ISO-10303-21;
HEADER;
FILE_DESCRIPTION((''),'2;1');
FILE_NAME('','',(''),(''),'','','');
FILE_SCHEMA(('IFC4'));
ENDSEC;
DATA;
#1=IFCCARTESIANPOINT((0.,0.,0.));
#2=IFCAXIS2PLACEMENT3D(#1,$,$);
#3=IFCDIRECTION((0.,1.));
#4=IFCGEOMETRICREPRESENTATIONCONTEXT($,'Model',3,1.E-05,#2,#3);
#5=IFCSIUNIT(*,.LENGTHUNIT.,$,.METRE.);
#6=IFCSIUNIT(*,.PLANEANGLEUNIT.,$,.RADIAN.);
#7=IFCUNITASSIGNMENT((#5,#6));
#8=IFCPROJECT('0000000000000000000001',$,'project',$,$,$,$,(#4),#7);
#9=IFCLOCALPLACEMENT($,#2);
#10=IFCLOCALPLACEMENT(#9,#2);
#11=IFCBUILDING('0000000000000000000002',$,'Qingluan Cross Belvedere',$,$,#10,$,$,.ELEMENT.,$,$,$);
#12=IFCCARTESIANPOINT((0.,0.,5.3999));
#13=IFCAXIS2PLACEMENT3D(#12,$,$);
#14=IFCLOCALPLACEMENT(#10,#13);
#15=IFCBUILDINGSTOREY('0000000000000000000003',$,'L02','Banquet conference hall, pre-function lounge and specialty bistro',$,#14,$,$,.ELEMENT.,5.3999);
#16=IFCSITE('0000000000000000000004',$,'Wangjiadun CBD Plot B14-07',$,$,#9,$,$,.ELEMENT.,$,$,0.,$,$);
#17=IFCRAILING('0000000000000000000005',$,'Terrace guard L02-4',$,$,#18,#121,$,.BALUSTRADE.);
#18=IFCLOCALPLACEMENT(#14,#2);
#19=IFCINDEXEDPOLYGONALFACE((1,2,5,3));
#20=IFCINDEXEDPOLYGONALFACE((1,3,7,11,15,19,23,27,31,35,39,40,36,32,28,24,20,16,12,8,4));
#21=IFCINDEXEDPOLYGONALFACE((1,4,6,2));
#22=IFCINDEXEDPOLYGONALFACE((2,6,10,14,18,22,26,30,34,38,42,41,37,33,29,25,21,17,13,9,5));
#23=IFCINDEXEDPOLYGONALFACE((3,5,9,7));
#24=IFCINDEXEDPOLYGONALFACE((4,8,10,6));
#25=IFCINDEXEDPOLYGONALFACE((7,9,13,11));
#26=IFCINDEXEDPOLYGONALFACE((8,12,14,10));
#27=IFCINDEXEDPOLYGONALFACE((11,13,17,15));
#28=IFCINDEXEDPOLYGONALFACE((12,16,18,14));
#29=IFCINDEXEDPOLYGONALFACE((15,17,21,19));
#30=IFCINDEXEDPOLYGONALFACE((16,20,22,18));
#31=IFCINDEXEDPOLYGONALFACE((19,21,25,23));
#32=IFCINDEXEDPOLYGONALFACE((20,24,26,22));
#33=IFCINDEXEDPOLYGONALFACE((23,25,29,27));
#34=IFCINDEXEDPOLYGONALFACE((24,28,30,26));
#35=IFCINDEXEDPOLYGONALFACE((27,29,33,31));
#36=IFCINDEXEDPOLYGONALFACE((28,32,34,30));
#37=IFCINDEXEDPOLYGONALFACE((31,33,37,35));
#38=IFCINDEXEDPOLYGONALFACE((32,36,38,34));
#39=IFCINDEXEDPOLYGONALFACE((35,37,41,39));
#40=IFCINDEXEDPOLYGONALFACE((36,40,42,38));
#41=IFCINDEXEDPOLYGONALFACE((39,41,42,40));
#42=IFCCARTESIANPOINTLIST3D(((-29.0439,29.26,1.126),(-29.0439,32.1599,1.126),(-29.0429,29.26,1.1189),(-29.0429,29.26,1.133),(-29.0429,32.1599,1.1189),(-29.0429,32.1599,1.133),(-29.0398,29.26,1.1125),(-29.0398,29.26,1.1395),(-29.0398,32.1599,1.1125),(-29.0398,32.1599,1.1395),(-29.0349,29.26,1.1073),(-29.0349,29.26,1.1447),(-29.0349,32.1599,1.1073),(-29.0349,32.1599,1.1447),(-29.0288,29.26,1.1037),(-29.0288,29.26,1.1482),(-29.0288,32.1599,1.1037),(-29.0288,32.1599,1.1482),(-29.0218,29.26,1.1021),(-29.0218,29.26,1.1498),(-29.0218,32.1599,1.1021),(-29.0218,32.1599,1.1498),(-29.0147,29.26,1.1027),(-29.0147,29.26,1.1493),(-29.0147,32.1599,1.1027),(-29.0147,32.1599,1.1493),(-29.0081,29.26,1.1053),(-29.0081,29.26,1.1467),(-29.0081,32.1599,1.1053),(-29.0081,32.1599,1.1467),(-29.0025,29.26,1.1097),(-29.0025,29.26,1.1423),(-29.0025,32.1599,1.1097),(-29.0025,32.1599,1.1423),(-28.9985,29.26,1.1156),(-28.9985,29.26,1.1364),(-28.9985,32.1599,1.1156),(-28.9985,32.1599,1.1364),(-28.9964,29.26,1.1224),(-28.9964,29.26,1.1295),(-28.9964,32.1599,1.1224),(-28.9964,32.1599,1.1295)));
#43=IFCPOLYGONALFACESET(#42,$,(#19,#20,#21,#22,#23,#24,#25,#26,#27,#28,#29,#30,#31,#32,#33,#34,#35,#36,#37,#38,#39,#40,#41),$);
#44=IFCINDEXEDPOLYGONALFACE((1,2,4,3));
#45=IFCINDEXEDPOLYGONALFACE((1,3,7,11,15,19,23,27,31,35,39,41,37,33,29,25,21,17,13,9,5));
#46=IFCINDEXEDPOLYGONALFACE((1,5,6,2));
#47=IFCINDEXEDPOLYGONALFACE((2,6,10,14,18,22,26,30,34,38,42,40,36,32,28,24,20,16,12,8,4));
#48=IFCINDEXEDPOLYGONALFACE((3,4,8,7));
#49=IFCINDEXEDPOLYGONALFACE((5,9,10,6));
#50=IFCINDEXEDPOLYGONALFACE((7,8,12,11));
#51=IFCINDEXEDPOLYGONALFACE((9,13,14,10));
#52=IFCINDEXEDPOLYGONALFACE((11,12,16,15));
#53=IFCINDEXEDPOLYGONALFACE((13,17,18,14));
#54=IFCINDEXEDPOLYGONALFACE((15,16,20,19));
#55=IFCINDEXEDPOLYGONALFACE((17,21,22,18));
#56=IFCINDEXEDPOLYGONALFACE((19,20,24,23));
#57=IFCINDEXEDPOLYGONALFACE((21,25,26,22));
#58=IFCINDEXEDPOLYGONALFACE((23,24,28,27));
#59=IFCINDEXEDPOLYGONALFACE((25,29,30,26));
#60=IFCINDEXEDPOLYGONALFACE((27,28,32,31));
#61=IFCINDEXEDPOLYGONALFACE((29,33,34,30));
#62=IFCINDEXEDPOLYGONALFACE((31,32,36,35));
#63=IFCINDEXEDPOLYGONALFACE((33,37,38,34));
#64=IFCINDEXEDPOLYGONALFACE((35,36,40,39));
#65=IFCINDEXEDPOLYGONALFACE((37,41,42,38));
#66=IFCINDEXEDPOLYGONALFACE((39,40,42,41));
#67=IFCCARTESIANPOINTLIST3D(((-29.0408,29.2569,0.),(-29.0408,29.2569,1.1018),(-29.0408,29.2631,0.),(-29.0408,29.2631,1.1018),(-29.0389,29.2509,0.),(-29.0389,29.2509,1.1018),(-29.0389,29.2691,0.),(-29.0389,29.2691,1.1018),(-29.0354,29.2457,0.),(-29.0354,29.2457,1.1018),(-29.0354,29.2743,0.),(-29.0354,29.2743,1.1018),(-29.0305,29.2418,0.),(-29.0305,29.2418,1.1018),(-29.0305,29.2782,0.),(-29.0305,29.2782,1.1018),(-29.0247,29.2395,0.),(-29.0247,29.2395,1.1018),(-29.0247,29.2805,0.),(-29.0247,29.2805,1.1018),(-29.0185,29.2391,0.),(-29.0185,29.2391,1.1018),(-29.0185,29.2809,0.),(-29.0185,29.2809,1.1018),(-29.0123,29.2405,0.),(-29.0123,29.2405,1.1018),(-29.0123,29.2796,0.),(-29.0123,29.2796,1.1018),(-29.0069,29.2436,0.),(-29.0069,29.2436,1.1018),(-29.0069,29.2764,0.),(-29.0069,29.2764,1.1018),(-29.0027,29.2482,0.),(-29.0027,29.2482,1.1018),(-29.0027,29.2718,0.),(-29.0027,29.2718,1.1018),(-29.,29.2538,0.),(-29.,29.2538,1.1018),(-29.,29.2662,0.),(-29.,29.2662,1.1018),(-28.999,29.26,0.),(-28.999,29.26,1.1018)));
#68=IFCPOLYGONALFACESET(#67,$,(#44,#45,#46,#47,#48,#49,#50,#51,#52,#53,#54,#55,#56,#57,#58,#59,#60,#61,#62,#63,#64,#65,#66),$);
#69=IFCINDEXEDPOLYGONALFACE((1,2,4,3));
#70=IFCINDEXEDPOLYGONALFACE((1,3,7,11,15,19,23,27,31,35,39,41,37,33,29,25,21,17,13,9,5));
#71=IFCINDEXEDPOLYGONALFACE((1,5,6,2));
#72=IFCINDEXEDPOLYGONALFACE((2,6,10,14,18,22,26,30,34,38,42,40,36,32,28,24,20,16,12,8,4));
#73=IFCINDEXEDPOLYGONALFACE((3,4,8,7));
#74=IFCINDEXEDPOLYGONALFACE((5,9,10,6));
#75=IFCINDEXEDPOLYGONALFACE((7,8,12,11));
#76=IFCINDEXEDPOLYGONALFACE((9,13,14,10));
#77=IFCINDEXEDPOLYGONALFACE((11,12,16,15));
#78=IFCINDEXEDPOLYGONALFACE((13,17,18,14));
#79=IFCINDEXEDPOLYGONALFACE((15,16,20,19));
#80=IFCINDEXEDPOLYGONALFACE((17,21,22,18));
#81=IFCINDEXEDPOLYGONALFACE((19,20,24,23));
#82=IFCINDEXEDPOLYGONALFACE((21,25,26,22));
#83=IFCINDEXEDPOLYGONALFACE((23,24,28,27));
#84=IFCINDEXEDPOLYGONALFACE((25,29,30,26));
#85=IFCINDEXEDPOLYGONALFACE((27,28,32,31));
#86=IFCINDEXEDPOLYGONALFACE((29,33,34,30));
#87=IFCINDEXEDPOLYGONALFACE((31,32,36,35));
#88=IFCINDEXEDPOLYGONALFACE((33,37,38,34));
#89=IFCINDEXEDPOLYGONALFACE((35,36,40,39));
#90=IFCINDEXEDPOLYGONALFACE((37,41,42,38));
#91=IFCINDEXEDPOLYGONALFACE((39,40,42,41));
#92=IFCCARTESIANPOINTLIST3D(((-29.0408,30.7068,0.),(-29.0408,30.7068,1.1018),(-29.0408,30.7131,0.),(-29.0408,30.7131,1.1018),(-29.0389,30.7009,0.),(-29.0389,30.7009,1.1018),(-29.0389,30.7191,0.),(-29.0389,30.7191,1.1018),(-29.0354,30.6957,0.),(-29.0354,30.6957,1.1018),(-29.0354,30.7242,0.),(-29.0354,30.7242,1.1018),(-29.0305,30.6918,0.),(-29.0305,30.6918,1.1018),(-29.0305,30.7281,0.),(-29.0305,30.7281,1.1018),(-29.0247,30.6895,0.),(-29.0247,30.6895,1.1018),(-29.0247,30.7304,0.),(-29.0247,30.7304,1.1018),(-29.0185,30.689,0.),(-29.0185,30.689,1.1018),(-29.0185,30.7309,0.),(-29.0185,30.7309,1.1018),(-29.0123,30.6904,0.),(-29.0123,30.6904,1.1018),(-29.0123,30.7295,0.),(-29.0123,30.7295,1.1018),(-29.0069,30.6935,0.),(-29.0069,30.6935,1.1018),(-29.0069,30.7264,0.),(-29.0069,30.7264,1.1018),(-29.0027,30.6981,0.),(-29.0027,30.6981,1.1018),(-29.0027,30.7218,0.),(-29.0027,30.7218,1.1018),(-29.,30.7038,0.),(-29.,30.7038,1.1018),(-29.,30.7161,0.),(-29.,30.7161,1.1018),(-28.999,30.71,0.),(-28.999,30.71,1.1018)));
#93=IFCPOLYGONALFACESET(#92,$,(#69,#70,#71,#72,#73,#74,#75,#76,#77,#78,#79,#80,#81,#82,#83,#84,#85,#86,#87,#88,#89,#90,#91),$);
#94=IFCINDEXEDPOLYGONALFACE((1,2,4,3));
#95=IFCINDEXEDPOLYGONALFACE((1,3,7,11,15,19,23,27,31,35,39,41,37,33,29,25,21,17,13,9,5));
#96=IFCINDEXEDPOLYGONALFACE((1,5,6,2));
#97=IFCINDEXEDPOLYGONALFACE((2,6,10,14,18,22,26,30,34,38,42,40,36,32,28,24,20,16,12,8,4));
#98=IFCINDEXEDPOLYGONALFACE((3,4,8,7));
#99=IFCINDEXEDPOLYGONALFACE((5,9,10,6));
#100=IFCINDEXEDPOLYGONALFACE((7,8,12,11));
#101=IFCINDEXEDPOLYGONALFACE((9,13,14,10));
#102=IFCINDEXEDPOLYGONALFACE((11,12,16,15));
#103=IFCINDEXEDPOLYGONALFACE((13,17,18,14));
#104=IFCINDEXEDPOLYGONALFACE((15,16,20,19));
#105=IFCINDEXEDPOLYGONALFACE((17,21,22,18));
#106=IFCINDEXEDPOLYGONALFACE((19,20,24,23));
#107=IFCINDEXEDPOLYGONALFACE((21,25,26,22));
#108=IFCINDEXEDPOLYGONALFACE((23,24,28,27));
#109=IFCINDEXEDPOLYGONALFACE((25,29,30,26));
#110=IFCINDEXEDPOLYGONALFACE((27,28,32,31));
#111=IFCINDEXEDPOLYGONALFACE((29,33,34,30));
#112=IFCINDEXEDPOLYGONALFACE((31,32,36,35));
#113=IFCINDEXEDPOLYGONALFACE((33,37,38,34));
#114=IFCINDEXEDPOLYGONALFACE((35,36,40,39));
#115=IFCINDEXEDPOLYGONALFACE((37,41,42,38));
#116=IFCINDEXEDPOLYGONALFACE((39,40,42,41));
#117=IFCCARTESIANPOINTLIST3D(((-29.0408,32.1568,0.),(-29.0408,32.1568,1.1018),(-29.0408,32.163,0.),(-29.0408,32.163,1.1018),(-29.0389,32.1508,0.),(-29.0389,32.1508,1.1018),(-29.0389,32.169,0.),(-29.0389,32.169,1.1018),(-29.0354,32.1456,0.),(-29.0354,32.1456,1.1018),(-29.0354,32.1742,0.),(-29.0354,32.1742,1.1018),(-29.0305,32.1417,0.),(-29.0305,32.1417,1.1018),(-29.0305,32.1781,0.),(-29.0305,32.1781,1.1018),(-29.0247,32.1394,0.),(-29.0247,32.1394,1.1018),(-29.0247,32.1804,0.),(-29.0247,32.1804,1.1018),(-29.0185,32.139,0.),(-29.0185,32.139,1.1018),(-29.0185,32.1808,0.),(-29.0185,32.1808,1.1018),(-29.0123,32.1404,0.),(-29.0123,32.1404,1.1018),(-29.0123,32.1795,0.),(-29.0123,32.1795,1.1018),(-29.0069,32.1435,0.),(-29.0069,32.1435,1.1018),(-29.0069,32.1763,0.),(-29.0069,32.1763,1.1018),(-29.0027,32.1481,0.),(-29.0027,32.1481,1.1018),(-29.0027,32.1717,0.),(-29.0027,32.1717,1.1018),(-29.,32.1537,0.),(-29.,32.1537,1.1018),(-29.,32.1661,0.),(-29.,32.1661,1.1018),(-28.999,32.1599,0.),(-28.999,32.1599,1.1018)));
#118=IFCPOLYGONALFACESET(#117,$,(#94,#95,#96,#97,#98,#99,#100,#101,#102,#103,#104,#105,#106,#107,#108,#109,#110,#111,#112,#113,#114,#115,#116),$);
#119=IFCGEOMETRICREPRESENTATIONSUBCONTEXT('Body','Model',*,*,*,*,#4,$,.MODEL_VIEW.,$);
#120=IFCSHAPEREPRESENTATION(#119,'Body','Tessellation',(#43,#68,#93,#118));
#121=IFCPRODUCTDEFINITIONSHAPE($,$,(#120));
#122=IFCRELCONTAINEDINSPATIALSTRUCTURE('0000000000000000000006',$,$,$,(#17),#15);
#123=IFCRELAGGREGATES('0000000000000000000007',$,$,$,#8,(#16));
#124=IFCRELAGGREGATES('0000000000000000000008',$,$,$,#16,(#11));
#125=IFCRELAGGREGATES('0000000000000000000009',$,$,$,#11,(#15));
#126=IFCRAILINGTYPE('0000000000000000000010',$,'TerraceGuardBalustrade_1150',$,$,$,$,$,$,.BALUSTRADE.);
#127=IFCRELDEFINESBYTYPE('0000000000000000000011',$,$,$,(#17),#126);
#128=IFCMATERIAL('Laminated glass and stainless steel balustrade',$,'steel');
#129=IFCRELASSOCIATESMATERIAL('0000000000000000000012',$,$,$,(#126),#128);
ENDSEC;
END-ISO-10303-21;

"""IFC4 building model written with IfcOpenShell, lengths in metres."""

from ifc_helpers import new_model, si_unit, direction, frame, origin, origin_2d, place, context, subcontext, project, spatial, circle, extrude, material, type_object, element, save


model = new_model("IFC4")

# Units and contexts
model_context = context("Model", 3, precision=1e-05, world=origin(), true_north=direction((0.0, 1.0)))
body_context = subcontext(model_context, "Body", "Model", "MODEL_VIEW")
ifc_project = project(units=[si_unit("LENGTHUNIT", "METRE"), si_unit("PLANEANGLEUNIT", "RADIAN")], contexts=[model_context])

# Site, building, storey
site_placement = place(None, origin())
site = spatial("IfcSite", under=ifc_project, at=site_placement, Name="Wangjiadun CBD Plot B14-07", CompositionType="ELEMENT", RefElevation=0.0)
building_placement = place(site_placement, origin())
building = spatial("IfcBuilding", under=site, at=building_placement, Name="Qingluan Cross Belvedere", CompositionType="ELEMENT")
storey_placement = place(building_placement, frame((0.0, 0.0, 5.3999)))
storey = spatial("IfcBuildingStorey", under=building, at=storey_placement, Name="L02", Description="Banquet conference hall, pre-function lounge and specialty bistro", CompositionType="ELEMENT", Elevation=5.3999)

# Railing
ifc_material_1 = material(Name="Laminated glass and stainless steel balustrade", Category="steel")
railing_type = type_object("IfcRailingType", Name="TerraceGuardBalustrade_1150", PredefinedType="BALUSTRADE", material=ifc_material_1)
railing_1_placement = place(storey_placement, frame((-29.02, 29.26, 0.0)))
element("IfcRailing", 1, at=railing_1_placement, inside=storey, type_object=railing_type, Name="Terrace guard L02-4", PredefinedType="BALUSTRADE", context=body_context, shape_type="SweptSolid", body=[
    extrude(circle(Radius=0.0239, at=origin_2d()), frame((0.0, 0.0, 1.126), z_axis=(0.0, 1.0, 0.0), x_axis=(-1.0, 0.0, 0.0)), (0.0, 0.0, 1.0), 2.8999),
    extrude(circle(Radius=0.021, at=origin_2d()), origin(), (0.0, 0.0, 1.0), 1.1018),
    extrude(circle(Radius=0.021, at=origin_2d()), frame((0.0, 1.45, 0.0)), (0.0, 0.0, 1.0), 1.1018),
    extrude(circle(Radius=0.021, at=origin_2d()), frame((0.0, 2.8999, 0.0)), (0.0, 0.0, 1.0), 1.1018),
])

save(model, "model.ifc")
